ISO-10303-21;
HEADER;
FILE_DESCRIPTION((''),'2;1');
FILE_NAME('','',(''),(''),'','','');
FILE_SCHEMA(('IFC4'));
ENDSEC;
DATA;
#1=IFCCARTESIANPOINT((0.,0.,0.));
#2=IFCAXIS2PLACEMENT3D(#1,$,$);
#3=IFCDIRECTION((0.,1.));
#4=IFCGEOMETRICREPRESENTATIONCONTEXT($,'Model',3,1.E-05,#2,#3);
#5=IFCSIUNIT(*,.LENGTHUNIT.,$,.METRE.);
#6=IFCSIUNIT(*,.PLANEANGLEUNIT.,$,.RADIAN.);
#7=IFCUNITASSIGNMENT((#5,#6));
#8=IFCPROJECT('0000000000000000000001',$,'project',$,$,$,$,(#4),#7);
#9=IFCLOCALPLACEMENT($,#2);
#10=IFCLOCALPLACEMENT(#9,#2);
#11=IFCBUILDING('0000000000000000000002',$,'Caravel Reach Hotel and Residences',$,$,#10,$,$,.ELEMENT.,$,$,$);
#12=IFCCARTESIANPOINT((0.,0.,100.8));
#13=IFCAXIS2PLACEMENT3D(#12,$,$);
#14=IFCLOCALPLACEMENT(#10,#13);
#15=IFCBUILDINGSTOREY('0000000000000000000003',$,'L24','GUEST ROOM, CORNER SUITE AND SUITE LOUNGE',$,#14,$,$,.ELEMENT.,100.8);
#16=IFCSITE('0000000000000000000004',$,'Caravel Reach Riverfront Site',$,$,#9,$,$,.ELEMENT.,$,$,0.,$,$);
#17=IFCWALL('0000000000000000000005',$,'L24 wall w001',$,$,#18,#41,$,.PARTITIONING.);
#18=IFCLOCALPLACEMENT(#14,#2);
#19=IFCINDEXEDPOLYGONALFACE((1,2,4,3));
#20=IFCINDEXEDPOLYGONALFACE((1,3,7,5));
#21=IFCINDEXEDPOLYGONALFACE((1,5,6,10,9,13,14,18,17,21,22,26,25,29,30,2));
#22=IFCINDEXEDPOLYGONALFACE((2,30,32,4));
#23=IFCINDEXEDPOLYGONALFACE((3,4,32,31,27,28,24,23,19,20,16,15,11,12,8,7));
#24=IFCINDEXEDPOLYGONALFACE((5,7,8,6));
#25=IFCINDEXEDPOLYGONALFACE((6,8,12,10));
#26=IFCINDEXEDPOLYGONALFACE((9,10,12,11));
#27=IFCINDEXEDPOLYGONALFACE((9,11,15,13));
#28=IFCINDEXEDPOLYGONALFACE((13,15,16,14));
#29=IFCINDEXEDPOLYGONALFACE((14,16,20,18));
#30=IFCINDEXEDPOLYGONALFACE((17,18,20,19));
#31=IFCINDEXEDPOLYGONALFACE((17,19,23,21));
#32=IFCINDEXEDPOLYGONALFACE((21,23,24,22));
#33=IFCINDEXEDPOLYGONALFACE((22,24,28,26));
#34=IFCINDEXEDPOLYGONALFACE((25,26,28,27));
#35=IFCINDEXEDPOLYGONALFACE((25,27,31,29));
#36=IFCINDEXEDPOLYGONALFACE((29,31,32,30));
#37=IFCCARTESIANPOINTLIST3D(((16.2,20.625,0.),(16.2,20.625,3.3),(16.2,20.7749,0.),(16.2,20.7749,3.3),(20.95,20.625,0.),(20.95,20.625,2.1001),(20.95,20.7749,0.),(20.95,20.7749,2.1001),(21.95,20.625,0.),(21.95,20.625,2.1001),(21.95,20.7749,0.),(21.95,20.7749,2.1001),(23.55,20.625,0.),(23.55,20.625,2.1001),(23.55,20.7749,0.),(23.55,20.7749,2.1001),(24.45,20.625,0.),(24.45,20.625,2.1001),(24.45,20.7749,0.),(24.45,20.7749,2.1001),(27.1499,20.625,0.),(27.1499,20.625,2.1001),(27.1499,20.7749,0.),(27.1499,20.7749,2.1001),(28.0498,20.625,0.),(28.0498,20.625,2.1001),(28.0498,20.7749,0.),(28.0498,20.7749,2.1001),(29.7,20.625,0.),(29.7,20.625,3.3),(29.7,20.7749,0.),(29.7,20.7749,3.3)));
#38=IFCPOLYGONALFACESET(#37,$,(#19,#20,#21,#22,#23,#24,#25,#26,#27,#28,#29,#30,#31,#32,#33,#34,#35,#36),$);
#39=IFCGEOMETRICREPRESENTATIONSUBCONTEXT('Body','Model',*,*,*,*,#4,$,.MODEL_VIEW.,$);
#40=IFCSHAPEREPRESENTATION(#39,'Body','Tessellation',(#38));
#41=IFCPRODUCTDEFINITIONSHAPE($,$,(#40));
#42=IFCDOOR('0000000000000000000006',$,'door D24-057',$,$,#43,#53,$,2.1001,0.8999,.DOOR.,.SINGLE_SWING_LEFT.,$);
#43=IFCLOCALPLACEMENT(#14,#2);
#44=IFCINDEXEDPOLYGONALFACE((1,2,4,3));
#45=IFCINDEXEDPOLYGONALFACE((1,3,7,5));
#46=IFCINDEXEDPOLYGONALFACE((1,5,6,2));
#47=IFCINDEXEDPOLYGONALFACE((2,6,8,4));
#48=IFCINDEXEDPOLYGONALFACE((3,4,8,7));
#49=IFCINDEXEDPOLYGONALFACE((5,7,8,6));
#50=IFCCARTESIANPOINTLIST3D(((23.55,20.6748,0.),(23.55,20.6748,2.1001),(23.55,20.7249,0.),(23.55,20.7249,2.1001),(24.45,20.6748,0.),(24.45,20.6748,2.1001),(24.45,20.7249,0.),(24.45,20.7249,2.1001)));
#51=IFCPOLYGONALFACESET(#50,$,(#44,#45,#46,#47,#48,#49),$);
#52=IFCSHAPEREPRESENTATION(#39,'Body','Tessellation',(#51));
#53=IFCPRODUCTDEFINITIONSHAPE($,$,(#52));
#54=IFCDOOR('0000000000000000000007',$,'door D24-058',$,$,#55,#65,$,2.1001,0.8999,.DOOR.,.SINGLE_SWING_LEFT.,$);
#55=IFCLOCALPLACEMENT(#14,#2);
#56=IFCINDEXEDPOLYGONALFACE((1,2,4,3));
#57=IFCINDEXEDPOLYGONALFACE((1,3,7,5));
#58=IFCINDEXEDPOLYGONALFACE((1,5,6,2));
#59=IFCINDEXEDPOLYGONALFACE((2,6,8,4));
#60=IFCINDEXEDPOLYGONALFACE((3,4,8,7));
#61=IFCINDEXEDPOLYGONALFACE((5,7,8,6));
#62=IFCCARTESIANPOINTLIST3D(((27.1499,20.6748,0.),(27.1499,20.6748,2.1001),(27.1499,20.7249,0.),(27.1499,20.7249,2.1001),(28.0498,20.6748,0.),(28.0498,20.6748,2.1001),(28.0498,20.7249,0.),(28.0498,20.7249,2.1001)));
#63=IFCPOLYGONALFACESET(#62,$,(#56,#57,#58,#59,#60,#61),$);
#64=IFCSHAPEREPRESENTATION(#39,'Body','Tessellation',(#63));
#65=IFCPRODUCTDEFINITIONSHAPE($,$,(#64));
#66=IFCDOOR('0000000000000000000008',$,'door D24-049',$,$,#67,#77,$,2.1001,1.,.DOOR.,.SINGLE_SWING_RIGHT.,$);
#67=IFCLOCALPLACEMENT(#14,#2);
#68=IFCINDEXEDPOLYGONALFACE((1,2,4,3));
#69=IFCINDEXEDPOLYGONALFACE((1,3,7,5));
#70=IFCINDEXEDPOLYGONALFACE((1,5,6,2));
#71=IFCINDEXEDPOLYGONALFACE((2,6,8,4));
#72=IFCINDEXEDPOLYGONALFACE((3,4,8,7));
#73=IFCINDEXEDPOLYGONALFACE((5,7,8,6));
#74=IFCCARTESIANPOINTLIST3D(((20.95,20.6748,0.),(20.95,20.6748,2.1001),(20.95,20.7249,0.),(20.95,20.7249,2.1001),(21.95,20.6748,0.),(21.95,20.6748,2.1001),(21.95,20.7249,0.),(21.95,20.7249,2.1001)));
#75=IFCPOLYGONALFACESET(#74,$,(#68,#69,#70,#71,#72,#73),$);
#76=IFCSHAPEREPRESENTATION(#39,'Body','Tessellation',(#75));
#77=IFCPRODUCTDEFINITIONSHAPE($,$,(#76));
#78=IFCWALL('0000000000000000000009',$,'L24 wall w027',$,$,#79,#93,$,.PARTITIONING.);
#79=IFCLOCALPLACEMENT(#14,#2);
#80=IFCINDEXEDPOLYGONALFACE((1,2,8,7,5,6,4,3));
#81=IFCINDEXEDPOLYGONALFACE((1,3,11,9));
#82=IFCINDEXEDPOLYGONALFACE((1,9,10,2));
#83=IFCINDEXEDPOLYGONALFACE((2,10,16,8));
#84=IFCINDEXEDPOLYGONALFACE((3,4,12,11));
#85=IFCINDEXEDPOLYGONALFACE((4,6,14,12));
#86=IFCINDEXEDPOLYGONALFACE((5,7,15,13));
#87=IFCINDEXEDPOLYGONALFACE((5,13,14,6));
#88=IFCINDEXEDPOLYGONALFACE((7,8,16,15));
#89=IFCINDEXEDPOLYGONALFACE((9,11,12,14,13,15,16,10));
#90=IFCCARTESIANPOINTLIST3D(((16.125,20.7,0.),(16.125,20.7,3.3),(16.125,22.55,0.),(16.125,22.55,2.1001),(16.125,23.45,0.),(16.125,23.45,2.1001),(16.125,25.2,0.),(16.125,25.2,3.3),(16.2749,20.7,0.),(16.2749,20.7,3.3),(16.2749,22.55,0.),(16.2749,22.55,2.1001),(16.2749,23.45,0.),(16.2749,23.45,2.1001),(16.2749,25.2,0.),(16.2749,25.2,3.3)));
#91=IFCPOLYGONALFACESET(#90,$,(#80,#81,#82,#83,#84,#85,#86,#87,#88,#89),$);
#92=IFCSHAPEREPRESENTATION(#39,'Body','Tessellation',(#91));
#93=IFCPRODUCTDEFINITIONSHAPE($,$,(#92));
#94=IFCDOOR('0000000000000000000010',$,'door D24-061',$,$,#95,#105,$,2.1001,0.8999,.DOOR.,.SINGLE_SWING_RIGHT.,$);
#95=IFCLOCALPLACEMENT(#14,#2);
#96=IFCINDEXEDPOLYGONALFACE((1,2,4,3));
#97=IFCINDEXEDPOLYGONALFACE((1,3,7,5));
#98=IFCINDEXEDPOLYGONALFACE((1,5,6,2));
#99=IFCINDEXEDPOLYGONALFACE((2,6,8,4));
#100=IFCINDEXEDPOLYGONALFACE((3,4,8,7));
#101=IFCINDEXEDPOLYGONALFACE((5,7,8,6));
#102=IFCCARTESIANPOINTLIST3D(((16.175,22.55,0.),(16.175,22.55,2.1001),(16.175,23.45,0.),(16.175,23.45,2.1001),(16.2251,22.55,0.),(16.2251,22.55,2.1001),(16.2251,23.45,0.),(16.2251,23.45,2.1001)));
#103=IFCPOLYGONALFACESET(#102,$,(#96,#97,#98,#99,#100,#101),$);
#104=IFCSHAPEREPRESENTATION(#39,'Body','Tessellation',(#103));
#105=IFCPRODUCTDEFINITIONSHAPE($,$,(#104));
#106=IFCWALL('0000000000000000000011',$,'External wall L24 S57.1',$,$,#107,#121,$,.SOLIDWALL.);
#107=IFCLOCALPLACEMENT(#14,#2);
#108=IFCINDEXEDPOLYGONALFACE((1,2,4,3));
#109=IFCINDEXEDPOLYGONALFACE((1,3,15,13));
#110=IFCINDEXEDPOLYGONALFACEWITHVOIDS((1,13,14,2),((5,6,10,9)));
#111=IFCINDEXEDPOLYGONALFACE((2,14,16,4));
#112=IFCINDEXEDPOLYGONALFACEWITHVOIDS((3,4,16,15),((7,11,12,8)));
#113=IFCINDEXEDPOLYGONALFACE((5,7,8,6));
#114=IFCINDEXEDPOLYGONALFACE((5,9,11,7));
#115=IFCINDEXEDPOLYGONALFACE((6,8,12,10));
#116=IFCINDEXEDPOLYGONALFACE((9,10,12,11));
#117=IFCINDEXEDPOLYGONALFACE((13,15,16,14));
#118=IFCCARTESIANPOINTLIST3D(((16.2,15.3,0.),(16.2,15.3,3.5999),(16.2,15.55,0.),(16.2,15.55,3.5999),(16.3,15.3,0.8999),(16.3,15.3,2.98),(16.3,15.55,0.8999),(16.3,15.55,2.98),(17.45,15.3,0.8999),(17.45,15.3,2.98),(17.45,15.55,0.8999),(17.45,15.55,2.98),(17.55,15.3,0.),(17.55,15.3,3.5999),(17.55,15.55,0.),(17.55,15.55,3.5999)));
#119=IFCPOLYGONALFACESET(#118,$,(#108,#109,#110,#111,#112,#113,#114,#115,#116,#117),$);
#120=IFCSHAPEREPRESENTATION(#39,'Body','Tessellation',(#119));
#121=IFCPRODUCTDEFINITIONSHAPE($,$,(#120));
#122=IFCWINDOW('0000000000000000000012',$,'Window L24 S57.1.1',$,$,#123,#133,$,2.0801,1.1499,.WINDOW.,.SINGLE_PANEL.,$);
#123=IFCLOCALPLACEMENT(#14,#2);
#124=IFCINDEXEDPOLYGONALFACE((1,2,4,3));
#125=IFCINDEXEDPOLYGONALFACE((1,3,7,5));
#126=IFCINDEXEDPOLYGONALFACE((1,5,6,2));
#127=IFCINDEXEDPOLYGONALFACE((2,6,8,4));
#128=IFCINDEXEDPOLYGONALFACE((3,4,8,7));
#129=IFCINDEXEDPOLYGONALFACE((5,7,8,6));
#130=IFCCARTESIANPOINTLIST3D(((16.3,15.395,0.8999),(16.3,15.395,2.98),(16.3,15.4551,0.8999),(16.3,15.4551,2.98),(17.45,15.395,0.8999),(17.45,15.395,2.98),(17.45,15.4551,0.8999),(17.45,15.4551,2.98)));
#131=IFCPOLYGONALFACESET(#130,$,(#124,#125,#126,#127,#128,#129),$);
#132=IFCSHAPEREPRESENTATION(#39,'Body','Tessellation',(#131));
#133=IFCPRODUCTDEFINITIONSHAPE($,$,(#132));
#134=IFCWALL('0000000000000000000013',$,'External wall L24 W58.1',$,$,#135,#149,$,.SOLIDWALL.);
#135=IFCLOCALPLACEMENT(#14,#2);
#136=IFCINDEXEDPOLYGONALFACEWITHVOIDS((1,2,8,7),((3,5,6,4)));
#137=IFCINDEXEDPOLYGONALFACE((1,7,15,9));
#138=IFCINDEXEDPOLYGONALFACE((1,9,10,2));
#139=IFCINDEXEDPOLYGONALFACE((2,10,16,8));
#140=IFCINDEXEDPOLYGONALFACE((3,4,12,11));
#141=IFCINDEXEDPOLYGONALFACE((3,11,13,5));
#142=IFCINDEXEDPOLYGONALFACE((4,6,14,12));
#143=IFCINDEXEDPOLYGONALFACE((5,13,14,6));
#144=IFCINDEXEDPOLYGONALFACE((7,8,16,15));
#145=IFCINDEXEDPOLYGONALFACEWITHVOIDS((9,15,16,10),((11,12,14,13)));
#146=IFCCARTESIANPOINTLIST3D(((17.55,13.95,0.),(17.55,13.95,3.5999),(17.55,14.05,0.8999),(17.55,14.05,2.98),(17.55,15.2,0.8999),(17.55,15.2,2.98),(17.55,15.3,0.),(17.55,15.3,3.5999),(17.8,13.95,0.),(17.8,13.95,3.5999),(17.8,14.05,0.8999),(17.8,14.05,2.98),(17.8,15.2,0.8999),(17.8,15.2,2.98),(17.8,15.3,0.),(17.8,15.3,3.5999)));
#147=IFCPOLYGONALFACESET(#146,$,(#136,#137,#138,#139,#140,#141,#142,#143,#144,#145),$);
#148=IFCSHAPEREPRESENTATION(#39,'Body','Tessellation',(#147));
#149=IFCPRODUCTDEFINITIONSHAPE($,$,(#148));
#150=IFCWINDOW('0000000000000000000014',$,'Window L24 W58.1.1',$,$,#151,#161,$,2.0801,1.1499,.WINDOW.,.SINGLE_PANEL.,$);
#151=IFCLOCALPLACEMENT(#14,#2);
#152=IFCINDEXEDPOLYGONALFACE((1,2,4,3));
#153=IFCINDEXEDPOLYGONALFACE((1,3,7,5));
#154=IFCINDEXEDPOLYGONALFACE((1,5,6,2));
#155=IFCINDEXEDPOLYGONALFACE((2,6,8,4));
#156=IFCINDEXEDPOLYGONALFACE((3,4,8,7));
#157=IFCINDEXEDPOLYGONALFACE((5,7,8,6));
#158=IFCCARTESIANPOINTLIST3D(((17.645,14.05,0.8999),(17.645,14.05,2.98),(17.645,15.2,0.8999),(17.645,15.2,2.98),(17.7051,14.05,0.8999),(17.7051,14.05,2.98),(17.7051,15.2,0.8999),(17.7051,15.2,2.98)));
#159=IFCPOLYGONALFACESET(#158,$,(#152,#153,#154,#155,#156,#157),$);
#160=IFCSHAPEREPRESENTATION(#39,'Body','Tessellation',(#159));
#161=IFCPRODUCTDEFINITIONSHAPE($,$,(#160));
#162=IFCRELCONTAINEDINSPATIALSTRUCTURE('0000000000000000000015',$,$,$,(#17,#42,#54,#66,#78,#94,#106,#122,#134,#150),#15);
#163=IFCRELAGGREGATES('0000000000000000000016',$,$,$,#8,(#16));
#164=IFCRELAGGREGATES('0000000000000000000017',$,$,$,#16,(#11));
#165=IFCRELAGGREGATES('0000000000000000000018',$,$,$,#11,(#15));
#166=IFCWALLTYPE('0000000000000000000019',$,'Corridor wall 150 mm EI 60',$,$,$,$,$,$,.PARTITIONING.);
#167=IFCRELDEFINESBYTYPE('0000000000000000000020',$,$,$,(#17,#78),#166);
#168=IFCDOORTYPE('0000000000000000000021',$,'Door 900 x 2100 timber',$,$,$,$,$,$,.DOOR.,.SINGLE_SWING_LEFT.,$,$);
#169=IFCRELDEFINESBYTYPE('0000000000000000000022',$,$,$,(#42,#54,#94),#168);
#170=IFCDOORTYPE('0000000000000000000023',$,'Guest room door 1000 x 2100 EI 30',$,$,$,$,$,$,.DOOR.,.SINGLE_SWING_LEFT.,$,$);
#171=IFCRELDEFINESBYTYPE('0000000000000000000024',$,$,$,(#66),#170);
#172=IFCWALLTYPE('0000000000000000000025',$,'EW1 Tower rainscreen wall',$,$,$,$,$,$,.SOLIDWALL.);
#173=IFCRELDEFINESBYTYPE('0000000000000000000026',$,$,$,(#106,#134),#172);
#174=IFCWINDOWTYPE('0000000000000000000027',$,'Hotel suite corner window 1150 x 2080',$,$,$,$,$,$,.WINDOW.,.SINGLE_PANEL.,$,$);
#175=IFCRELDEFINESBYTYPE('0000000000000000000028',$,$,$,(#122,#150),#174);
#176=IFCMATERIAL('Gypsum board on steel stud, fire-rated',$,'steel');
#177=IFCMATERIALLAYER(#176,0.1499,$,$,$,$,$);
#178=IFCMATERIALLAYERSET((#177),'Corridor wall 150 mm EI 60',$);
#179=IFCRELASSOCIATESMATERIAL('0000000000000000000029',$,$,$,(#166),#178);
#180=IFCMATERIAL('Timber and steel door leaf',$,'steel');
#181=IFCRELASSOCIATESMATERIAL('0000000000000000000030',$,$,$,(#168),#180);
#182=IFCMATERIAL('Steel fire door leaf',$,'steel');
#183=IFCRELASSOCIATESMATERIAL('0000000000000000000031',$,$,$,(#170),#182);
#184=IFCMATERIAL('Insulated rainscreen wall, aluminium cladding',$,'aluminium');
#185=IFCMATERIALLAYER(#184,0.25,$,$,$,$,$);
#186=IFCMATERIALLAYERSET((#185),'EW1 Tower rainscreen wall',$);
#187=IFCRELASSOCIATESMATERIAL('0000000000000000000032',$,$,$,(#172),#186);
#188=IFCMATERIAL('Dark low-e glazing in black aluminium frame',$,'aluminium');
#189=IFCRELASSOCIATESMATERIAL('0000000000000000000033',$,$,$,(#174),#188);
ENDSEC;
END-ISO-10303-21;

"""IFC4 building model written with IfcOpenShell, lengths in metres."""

from ifc_helpers import new_model, si_unit, direction, frame, frame_2d, origin, place, context, subcontext, project, spatial, rectangle, extrude, material, layer, layer_set, type_object, element, fill, save


model = new_model("IFC4")

# Units and contexts
model_context = context("Model", 3, precision=1e-05, world=origin(), true_north=direction((0.0, 1.0)))
body_context = subcontext(model_context, "Body", "Model", "MODEL_VIEW")
ifc_project = project(units=[si_unit("LENGTHUNIT", "METRE"), si_unit("PLANEANGLEUNIT", "RADIAN")], contexts=[model_context])

# Site, building, storey
site_placement = place(None, origin())
site = spatial("IfcSite", under=ifc_project, at=site_placement, Name="Caravel Reach Riverfront Site", CompositionType="ELEMENT", RefElevation=0.0)
building_placement = place(site_placement, origin())
building = spatial("IfcBuilding", under=site, at=building_placement, Name="Caravel Reach Hotel and Residences", CompositionType="ELEMENT")
storey_placement = place(building_placement, frame((0.0, 0.0, 100.8)))
storey = spatial("IfcBuildingStorey", under=building, at=storey_placement, Name="L24", Description="GUEST ROOM, CORNER SUITE AND SUITE LOUNGE", CompositionType="ELEMENT", Elevation=100.8)

# Wall, openings, doors
ifc_material_1 = material(Name="Gypsum board on steel stud, fire-rated", Category="steel")
ifc_layer_1 = layer(ifc_material_1, 0.1499)
ifc_layer_set_1 = layer_set([ifc_layer_1], Name="Corridor wall 150 mm EI 60")
wall_type_1 = type_object("IfcWallType", Name="Corridor wall 150 mm EI 60", PredefinedType="PARTITIONING", material=ifc_layer_set_1)
wall_1_placement = place(storey_placement, frame((16.2, 20.7, 0.0), z_axis=(0.0, 0.0, 1.0), x_axis=(1.0, 0.0, 0.0)))
wall_1 = element("IfcWall", 1, at=wall_1_placement, inside=storey, type_object=wall_type_1, Name="L24 wall w001", PredefinedType="PARTITIONING", context=body_context, shape_type="SweptSolid", body=[
    extrude(rectangle(XDim=13.5, YDim=0.1499, at=frame_2d((6.75, 0.0))), origin(), (0.0, 0.0, 1.0), 3.3),
])
opening_1_placement = place(wall_1_placement, frame((4.75, 0.0, 0.0)))
opening_1 = element("IfcOpeningElement", 2, at=opening_1_placement, cuts=wall_1, PredefinedType="OPENING", context=body_context, shape_type="SweptSolid", body=[
    extrude(rectangle(XDim=1.0, YDim=2.1001, at=frame_2d((0.5, 1.05))), frame((0.0, 0.085, 0.0), z_axis=(0.0, -1.0, 0.0), x_axis=(1.0, 0.0, 0.0)), (0.0, 0.0, 1.0), 0.1699),
])
opening_2_placement = place(wall_1_placement, frame((7.3501, 0.0, 0.0)))
opening_2 = element("IfcOpeningElement", 3, at=opening_2_placement, cuts=wall_1, PredefinedType="OPENING", context=body_context, shape_type="SweptSolid", body=[
    extrude(rectangle(XDim=0.8999, YDim=2.1001, at=frame_2d((0.45, 1.05))), frame((0.0, 0.085, 0.0), z_axis=(0.0, -1.0, 0.0), x_axis=(1.0, 0.0, 0.0)), (0.0, 0.0, 1.0), 0.1699),
])
opening_3_placement = place(wall_1_placement, frame((10.95, 0.0, 0.0)))
opening_3 = element("IfcOpeningElement", 4, at=opening_3_placement, cuts=wall_1, PredefinedType="OPENING", context=body_context, shape_type="SweptSolid", body=[
    extrude(rectangle(XDim=0.8999, YDim=2.1001, at=frame_2d((0.45, 1.05))), frame((0.0, 0.085, 0.0), z_axis=(0.0, -1.0, 0.0), x_axis=(1.0, 0.0, 0.0)), (0.0, 0.0, 1.0), 0.1699),
])
ifc_material_2 = material(Name="Timber and steel door leaf", Category="steel")
door_type_1 = type_object("IfcDoorType", Name="Door 900 x 2100 timber", OperationType="SINGLE_SWING_LEFT", PredefinedType="DOOR", material=ifc_material_2)
door_1_placement = place(opening_2_placement, origin())
door_1 = element("IfcDoor", 5, at=door_1_placement, inside=storey, type_object=door_type_1, Name="door D24-057", OperationType="SINGLE_SWING_LEFT", OverallHeight=2.1001, OverallWidth=0.8999, PredefinedType="DOOR", context=body_context, shape_type="SweptSolid", body=[
    extrude(rectangle(XDim=0.8999, YDim=2.1001, at=frame_2d((0.45, 1.05))), frame((0.0, 0.0249, 0.0), z_axis=(0.0, -1.0, 0.0), x_axis=(1.0, 0.0, 0.0)), (0.0, 0.0, 1.0), 0.05),
])
fill(opening_2, door_1)
door_2_placement = place(opening_3_placement, origin())
door_2 = element("IfcDoor", 6, at=door_2_placement, inside=storey, type_object=door_type_1, Name="door D24-058", OperationType="SINGLE_SWING_LEFT", OverallHeight=2.1001, OverallWidth=0.8999, PredefinedType="DOOR", context=body_context, shape_type="SweptSolid", body=[
    extrude(rectangle(XDim=0.8999, YDim=2.1001, at=frame_2d((0.45, 1.05))), frame((0.0, 0.0249, 0.0), z_axis=(0.0, -1.0, 0.0), x_axis=(1.0, 0.0, 0.0)), (0.0, 0.0, 1.0), 0.05),
])
fill(opening_3, door_2)
ifc_material_3 = material(Name="Steel fire door leaf", Category="steel")
door_type_2 = type_object("IfcDoorType", Name="Guest room door 1000 x 2100 EI 30", OperationType="SINGLE_SWING_LEFT", PredefinedType="DOOR", material=ifc_material_3)
door_3_placement = place(opening_1_placement, origin())
door_3 = element("IfcDoor", 7, at=door_3_placement, inside=storey, type_object=door_type_2, Name="door D24-049", OperationType="SINGLE_SWING_RIGHT", OverallHeight=2.1001, OverallWidth=1.0, PredefinedType="DOOR", context=body_context, shape_type="SweptSolid", body=[
    extrude(rectangle(XDim=1.0, YDim=2.1001, at=frame_2d((0.5, 1.05))), frame((0.0, 0.0249, 0.0), z_axis=(0.0, -1.0, 0.0), x_axis=(1.0, 0.0, 0.0)), (0.0, 0.0, 1.0), 0.05),
])
fill(opening_1, door_3)

# Wall, opening, door
wall_2_placement = place(storey_placement, frame((16.2, 20.7, 0.0), z_axis=(0.0, 0.0, 1.0), x_axis=(0.0, 1.0, 0.0)))
wall_2 = element("IfcWall", 8, at=wall_2_placement, inside=storey, type_object=wall_type_1, Name="L24 wall w027", PredefinedType="PARTITIONING", context=body_context, shape_type="SweptSolid", body=[
    extrude(rectangle(XDim=4.5, YDim=0.1499, at=frame_2d((2.25, 0.0))), origin(), (0.0, 0.0, 1.0), 3.3),
])
opening_4_placement = place(wall_2_placement, frame((1.8501, 0.0, 0.0)))
opening_4 = element("IfcOpeningElement", 9, at=opening_4_placement, cuts=wall_2, PredefinedType="OPENING", context=body_context, shape_type="SweptSolid", body=[
    extrude(rectangle(XDim=0.8999, YDim=2.1001, at=frame_2d((0.45, 1.05))), frame((0.0, 0.085, 0.0), z_axis=(0.0, -1.0, 0.0), x_axis=(1.0, 0.0, 0.0)), (0.0, 0.0, 1.0), 0.1699),
])
door_4_placement = place(opening_4_placement, origin())
door_4 = element("IfcDoor", 10, at=door_4_placement, inside=storey, type_object=door_type_1, Name="door D24-061", OperationType="SINGLE_SWING_RIGHT", OverallHeight=2.1001, OverallWidth=0.8999, PredefinedType="DOOR", context=body_context, shape_type="SweptSolid", body=[
    extrude(rectangle(XDim=0.8999, YDim=2.1001, at=frame_2d((0.45, 1.05))), frame((0.0, 0.0249, 0.0), z_axis=(0.0, -1.0, 0.0), x_axis=(1.0, 0.0, 0.0)), (0.0, 0.0, 1.0), 0.05),
])
fill(opening_4, door_4)

# Walls, openings, windows
ifc_material_4 = material(Name="Insulated rainscreen wall, aluminium cladding", Category="aluminium")
ifc_layer_2 = layer(ifc_material_4, 0.25)
ifc_layer_set_2 = layer_set([ifc_layer_2], Name="EW1 Tower rainscreen wall")
wall_type_2 = type_object("IfcWallType", Name="EW1 Tower rainscreen wall", PredefinedType="SOLIDWALL", material=ifc_layer_set_2)
wall_3_placement = place(storey_placement, frame((16.2, 15.425, 0.0), z_axis=(0.0, 0.0, 1.0), x_axis=(1.0, 0.0, 0.0)))
wall_3 = element("IfcWall", 11, at=wall_3_placement, inside=storey, type_object=wall_type_2, Name="External wall L24 S57.1", PredefinedType="SOLIDWALL", context=body_context, shape_type="SweptSolid", body=[
    extrude(rectangle(XDim=1.3501, YDim=0.25, at=frame_2d((0.675, 0.0))), origin(), (0.0, 0.0, 1.0), 3.5999),
])
opening_5_placement = place(wall_3_placement, frame((0.1001, 0.0, 0.8999)))
opening_5 = element("IfcOpeningElement", 12, at=opening_5_placement, cuts=wall_3, PredefinedType="OPENING", context=body_context, shape_type="SweptSolid", body=[
    extrude(rectangle(XDim=1.1499, YDim=2.0801, at=frame_2d((0.575, 1.04))), frame((0.0, 0.135, 0.0), z_axis=(0.0, -1.0, 0.0), x_axis=(1.0, 0.0, 0.0)), (0.0, 0.0, 1.0), 0.27),
])
ifc_material_5 = material(Name="Dark low-e glazing in black aluminium frame", Category="aluminium")
window_type = type_object("IfcWindowType", Name="Hotel suite corner window 1150 x 2080", PartitioningType="SINGLE_PANEL", PredefinedType="WINDOW", material=ifc_material_5)
window_1_placement = place(opening_5_placement, origin())
window_1 = element("IfcWindow", 13, at=window_1_placement, inside=storey, type_object=window_type, Name="Window L24 S57.1.1", OverallHeight=2.0801, OverallWidth=1.1499, PartitioningType="SINGLE_PANEL", PredefinedType="WINDOW", context=body_context, shape_type="SweptSolid", body=[
    extrude(rectangle(XDim=1.1499, YDim=2.0801, at=frame_2d((0.575, 1.04))), frame((0.0, 0.03, 0.0), z_axis=(0.0, -1.0, 0.0), x_axis=(1.0, 0.0, 0.0)), (0.0, 0.0, 1.0), 0.0601),
])
fill(opening_5, window_1)
wall_4_placement = place(storey_placement, frame((17.675, 15.3, 0.0), z_axis=(0.0, 0.0, 1.0), x_axis=(0.0, -1.0, 0.0)))
wall_4 = element("IfcWall", 14, at=wall_4_placement, inside=storey, type_object=wall_type_2, Name="External wall L24 W58.1", PredefinedType="SOLIDWALL", context=body_context, shape_type="SweptSolid", body=[
    extrude(rectangle(XDim=1.3501, YDim=0.25, at=frame_2d((0.675, 0.0))), origin(), (0.0, 0.0, 1.0), 3.5999),
])
opening_6_placement = place(wall_4_placement, frame((0.1001, 0.0, 0.8999)))
opening_6 = element("IfcOpeningElement", 15, at=opening_6_placement, cuts=wall_4, PredefinedType="OPENING", context=body_context, shape_type="SweptSolid", body=[
    extrude(rectangle(XDim=1.1499, YDim=2.0801, at=frame_2d((0.575, 1.04))), frame((0.0, 0.135, 0.0), z_axis=(0.0, -1.0, 0.0), x_axis=(1.0, 0.0, 0.0)), (0.0, 0.0, 1.0), 0.27),
])
window_2_placement = place(opening_6_placement, origin())
window_2 = element("IfcWindow", 16, at=window_2_placement, inside=storey, type_object=window_type, Name="Window L24 W58.1.1", OverallHeight=2.0801, OverallWidth=1.1499, PartitioningType="SINGLE_PANEL", PredefinedType="WINDOW", context=body_context, shape_type="SweptSolid", body=[
    extrude(rectangle(XDim=1.1499, YDim=2.0801, at=frame_2d((0.575, 1.04))), frame((0.0, 0.03, 0.0), z_axis=(0.0, -1.0, 0.0), x_axis=(1.0, 0.0, 0.0)), (0.0, 0.0, 1.0), 0.0601),
])
fill(opening_6, window_2)

save(model, "model.ifc")
